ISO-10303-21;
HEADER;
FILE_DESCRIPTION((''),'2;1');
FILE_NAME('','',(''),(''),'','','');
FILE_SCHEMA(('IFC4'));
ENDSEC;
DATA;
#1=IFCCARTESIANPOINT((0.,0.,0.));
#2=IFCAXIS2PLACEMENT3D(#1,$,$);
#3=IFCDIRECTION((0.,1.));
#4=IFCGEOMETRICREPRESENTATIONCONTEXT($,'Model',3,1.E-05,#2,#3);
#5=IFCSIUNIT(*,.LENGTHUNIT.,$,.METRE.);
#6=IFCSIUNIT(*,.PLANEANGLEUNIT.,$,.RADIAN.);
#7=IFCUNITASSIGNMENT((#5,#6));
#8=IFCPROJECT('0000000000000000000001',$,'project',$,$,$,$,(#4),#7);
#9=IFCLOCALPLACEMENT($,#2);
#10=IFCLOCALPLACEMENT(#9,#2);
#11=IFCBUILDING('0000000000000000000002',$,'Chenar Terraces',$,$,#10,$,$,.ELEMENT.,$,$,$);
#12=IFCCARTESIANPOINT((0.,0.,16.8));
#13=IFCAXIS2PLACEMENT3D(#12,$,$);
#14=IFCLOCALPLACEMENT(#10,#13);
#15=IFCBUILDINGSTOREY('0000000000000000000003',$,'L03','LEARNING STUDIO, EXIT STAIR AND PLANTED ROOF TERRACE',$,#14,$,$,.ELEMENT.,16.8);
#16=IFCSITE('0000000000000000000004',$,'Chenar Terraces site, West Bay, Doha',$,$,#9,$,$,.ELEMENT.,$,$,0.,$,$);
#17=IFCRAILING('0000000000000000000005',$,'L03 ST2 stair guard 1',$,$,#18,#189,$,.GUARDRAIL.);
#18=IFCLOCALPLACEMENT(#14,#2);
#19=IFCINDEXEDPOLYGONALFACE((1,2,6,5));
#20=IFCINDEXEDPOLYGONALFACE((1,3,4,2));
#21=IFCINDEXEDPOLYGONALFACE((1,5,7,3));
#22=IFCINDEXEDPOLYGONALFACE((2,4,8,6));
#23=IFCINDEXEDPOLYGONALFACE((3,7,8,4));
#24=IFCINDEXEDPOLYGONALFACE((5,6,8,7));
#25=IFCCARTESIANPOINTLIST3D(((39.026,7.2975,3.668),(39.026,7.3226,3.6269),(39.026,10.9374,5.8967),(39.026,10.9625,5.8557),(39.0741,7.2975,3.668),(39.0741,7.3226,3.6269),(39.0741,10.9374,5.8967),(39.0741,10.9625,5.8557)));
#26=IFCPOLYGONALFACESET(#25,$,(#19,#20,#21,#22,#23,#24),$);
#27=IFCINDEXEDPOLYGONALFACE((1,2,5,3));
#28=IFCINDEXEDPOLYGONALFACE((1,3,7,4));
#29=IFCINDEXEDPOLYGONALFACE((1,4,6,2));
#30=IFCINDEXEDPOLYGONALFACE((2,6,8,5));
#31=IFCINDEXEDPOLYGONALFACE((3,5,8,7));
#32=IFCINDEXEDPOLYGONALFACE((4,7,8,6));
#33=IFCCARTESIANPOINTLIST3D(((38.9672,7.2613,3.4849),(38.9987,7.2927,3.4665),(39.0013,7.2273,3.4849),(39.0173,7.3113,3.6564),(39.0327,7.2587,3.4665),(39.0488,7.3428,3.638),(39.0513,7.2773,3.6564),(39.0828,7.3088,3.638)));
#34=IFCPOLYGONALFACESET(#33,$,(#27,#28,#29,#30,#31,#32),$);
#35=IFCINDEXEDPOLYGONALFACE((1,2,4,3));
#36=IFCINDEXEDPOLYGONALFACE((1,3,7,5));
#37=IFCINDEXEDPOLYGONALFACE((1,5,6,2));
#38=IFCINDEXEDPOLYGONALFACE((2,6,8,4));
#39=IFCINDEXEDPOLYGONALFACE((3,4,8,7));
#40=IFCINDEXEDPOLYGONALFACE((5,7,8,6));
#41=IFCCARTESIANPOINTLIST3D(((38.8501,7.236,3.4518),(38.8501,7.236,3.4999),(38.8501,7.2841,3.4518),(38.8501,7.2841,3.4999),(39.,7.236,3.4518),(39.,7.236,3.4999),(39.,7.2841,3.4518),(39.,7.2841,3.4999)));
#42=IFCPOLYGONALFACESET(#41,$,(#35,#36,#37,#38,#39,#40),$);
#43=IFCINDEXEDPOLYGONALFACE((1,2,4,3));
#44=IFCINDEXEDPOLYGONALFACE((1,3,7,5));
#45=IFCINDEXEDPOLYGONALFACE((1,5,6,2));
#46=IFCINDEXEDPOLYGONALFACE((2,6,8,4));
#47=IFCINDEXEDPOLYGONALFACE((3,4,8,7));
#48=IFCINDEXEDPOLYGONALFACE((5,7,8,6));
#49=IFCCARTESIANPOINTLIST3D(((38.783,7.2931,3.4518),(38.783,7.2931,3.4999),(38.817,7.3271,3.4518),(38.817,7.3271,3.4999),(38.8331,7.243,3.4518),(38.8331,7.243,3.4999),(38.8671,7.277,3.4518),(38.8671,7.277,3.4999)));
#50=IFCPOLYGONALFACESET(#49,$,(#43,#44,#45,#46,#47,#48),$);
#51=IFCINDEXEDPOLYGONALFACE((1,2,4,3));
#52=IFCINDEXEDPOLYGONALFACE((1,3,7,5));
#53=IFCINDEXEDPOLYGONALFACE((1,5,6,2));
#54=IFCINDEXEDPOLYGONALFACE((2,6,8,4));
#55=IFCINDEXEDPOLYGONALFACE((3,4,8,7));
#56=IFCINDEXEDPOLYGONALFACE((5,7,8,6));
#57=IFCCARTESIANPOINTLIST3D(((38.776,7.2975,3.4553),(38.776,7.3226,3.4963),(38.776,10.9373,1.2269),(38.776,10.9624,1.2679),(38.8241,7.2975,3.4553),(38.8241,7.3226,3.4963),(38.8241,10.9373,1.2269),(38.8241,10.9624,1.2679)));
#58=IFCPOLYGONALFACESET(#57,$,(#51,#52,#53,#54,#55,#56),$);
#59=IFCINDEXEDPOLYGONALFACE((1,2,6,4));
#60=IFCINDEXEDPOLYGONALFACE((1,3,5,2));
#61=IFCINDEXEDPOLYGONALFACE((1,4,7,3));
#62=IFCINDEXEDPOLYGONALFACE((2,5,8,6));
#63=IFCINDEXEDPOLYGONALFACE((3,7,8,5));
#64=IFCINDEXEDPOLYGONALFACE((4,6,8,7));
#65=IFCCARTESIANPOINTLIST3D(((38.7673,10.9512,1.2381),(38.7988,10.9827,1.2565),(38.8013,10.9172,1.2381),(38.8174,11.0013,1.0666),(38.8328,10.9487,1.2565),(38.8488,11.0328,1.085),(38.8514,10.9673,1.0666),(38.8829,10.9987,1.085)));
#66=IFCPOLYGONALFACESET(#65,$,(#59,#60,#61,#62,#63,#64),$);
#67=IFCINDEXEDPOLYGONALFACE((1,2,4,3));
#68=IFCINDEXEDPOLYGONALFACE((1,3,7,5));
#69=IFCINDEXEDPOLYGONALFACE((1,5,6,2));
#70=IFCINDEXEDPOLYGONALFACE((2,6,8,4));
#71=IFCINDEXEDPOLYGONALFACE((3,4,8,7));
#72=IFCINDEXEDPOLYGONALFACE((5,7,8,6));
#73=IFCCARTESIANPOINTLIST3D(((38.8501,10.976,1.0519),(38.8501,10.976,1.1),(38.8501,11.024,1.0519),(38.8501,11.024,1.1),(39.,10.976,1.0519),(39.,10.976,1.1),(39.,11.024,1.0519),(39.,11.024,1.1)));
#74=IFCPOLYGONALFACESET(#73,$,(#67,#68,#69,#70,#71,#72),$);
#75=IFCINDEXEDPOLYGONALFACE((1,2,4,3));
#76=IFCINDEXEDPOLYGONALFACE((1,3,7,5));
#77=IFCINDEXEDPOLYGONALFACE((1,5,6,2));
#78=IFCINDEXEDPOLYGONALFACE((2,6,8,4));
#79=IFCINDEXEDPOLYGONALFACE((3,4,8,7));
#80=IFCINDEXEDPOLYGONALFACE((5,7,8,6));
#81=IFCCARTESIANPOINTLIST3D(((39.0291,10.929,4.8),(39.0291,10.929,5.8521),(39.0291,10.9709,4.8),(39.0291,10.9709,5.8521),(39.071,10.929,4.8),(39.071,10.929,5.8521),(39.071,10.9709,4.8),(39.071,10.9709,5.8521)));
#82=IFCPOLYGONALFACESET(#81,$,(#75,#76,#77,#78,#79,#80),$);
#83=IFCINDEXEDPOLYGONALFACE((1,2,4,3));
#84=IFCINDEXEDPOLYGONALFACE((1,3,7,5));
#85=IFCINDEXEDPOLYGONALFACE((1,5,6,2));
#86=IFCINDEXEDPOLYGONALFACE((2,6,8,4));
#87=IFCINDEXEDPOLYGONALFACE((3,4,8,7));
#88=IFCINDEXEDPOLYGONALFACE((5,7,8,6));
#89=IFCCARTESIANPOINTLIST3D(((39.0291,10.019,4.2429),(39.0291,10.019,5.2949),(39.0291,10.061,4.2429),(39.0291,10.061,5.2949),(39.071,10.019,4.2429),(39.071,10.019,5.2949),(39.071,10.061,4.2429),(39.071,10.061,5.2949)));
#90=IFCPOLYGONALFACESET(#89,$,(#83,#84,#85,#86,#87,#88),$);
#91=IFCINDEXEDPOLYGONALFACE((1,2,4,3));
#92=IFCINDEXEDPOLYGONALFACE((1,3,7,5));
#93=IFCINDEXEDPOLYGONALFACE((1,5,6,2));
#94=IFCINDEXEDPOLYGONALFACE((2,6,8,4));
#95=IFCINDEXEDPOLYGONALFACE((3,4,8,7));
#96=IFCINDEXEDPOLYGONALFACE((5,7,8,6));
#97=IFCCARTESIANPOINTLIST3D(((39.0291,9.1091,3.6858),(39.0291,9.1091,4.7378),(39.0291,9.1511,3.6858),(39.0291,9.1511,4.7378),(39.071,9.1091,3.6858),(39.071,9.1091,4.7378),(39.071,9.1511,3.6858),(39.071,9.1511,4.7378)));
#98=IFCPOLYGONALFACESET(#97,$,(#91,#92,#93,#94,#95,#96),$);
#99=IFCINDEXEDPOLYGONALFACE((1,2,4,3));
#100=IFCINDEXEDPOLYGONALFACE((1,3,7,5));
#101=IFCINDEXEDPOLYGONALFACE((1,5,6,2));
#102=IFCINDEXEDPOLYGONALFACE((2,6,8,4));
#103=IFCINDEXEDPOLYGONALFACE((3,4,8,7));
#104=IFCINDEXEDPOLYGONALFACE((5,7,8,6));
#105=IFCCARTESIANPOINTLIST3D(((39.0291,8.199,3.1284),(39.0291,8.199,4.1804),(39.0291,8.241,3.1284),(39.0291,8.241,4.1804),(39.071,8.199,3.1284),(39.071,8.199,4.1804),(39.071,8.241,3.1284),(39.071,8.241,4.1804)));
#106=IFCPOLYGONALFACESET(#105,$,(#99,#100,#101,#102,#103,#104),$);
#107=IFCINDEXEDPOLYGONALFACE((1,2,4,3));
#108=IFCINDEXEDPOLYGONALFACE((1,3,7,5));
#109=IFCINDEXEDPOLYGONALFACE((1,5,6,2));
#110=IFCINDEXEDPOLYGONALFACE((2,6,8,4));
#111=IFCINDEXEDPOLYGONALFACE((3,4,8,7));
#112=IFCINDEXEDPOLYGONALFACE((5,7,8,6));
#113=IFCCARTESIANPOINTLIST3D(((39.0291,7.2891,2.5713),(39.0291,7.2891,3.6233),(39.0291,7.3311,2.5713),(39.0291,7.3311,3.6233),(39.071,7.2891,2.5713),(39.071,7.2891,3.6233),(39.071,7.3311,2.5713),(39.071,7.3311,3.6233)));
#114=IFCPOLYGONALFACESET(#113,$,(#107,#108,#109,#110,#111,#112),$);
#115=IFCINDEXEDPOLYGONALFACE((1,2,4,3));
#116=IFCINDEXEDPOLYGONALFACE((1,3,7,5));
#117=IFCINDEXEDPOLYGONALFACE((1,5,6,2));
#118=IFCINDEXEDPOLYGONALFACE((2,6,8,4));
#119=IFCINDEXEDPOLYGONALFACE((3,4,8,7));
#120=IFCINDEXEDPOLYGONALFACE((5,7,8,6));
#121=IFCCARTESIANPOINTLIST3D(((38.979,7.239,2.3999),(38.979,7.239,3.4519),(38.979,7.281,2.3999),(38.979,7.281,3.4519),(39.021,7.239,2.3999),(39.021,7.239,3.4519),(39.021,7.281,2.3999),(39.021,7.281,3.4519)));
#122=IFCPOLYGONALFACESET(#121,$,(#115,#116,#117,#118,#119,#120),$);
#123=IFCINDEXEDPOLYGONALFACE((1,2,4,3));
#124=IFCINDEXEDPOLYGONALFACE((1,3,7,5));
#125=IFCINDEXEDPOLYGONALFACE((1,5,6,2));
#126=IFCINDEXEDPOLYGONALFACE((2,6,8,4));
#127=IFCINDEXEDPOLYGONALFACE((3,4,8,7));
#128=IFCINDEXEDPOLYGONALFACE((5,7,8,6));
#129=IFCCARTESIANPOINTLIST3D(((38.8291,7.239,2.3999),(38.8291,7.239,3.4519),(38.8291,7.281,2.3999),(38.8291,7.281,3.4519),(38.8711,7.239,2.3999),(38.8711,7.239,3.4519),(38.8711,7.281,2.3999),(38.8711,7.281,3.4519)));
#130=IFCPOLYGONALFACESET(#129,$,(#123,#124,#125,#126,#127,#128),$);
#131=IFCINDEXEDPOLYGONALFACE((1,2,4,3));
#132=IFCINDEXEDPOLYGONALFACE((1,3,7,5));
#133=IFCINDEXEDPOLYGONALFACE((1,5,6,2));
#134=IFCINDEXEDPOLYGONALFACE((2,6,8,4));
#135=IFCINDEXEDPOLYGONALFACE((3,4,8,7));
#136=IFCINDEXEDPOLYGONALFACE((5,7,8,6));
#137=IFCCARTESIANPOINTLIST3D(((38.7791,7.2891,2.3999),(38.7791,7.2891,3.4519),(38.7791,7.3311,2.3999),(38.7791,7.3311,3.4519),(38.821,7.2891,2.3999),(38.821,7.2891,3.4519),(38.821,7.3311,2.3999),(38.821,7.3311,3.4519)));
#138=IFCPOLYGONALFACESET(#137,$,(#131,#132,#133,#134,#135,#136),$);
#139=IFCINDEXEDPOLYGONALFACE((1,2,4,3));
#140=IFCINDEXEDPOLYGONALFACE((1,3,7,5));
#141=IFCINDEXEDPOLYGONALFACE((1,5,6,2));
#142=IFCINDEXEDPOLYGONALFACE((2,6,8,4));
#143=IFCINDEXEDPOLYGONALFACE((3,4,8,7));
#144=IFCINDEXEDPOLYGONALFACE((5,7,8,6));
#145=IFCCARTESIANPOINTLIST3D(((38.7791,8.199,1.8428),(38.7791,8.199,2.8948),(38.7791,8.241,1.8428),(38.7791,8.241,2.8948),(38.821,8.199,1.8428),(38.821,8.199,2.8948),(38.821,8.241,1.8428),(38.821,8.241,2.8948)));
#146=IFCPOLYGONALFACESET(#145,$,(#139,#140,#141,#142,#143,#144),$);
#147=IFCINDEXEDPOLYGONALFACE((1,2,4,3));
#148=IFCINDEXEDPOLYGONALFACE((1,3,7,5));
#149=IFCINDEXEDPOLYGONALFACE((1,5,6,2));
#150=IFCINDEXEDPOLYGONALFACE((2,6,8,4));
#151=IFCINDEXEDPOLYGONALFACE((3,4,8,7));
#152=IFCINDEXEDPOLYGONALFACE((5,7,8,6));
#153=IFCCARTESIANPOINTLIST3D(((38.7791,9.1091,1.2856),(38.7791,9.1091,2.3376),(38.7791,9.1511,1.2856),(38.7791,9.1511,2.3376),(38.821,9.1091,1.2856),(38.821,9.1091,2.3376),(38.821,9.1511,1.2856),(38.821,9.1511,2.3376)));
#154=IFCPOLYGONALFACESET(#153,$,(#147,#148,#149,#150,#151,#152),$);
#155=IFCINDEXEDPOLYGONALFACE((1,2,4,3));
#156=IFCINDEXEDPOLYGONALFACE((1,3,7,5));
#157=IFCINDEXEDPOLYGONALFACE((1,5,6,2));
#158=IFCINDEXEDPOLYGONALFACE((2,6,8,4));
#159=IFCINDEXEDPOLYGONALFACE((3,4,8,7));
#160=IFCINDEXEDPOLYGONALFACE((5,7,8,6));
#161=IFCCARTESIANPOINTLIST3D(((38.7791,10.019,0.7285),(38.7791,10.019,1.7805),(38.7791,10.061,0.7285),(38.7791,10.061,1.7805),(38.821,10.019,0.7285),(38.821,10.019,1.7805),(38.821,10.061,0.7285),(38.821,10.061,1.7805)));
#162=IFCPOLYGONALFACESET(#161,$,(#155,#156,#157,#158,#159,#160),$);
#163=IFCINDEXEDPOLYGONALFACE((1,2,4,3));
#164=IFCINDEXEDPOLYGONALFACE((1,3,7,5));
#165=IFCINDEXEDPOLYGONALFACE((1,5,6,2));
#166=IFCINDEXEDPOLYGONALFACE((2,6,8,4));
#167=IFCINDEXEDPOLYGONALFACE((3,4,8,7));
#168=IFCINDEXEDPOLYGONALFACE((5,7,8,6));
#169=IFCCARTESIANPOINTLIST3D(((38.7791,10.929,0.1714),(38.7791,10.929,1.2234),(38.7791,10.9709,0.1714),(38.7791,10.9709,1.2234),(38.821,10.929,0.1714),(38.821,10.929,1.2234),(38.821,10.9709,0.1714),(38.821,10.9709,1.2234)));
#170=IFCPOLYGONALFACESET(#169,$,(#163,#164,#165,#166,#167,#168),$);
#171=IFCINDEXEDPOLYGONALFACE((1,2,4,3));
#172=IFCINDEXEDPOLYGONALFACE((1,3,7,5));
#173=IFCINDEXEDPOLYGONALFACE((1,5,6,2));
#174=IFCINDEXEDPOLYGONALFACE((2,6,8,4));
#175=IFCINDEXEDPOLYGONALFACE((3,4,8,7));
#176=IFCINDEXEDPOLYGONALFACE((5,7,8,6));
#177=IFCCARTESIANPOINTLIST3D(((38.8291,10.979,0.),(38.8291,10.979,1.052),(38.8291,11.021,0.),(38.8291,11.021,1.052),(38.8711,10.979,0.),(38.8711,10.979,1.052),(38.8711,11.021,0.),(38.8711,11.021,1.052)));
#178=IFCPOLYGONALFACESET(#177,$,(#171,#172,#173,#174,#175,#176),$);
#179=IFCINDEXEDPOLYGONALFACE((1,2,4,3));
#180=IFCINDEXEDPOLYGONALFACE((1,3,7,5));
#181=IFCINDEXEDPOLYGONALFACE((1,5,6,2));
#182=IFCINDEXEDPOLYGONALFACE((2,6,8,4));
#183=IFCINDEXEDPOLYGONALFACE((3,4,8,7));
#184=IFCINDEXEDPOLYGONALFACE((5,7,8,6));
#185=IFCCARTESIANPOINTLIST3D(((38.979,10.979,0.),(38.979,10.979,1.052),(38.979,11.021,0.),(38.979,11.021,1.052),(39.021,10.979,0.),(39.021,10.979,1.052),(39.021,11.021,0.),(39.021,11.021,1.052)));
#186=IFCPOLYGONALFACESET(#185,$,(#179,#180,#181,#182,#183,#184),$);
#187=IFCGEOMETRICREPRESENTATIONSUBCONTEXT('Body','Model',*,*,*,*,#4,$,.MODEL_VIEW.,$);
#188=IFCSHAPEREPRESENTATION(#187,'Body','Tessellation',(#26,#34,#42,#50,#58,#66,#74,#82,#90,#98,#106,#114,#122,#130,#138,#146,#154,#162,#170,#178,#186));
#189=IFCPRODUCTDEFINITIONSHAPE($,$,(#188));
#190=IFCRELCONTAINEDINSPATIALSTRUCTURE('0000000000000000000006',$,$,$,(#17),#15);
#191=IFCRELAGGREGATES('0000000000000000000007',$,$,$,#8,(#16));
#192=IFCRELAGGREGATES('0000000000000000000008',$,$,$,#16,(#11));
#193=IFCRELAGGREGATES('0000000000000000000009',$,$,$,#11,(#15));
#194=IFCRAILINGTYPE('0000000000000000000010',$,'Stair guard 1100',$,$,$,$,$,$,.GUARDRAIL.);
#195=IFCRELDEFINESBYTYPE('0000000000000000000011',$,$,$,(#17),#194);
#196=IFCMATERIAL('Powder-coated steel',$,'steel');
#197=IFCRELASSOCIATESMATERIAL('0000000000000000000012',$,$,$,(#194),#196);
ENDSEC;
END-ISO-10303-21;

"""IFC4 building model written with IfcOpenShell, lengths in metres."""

from ifc_helpers import new_model, si_unit, direction, frame, origin, origin_2d, place, context, subcontext, project, spatial, rectangle, extrude, material, type_object, element, save


model = new_model("IFC4")

# Units and contexts
model_context = context("Model", 3, precision=1e-05, world=origin(), true_north=direction((0.0, 1.0)))
body_context = subcontext(model_context, "Body", "Model", "MODEL_VIEW")
ifc_project = project(units=[si_unit("LENGTHUNIT", "METRE"), si_unit("PLANEANGLEUNIT", "RADIAN")], contexts=[model_context])

# Site, building, storey
site_placement = place(None, origin())
site = spatial("IfcSite", under=ifc_project, at=site_placement, Name="Chenar Terraces site, West Bay, Doha", CompositionType="ELEMENT", RefElevation=0.0)
building_placement = place(site_placement, origin())
building = spatial("IfcBuilding", under=site, at=building_placement, Name="Chenar Terraces", CompositionType="ELEMENT")
storey_placement = place(building_placement, frame((0.0, 0.0, 16.8)))
storey = spatial("IfcBuildingStorey", under=building, at=storey_placement, Name="L03", Description="LEARNING STUDIO, EXIT STAIR AND PLANTED ROOF TERRACE", CompositionType="ELEMENT", Elevation=16.8)

# Railing
ifc_material_1 = material(Name="Powder-coated steel", Category="steel")
railing_type_1 = type_object("IfcRailingType", Name="Stair guard 1100", PredefinedType="GUARDRAIL", material=ifc_material_1)
railing_1_placement = place(storey_placement, frame((39.05, 10.95, 4.8)))
element("IfcRailing", 1, at=railing_1_placement, inside=storey, type_object=railing_type_1, Name="L03 ST2 stair guard 1", PredefinedType="GUARDRAIL", context=body_context, shape_type="SweptSolid", body=[
    extrude(rectangle(XDim=0.0481, YDim=0.0481, at=origin_2d()), frame((0.0, 0.0, 1.0762), z_axis=(0.0, -0.852825, -0.522197), x_axis=(1.0, 0.0, 0.0)), (0.0, 0.0, 1.0), 4.2681),
    extrude(rectangle(XDim=0.0481, YDim=0.0481, at=origin_2d()), frame((0.0, -3.6399, -1.1528), z_axis=(-0.269911, -0.269911, -0.924281), x_axis=(0.707107, -0.707107, 0.0)), (0.0, 0.0, 1.0), 0.1855),
    extrude(rectangle(XDim=0.0481, YDim=0.0481, at=origin_2d()), frame((-0.05, -3.6899, -1.3242), z_axis=(-1.0, 0.0, 0.0), x_axis=(0.0, -1.0, 0.0)), (0.0, 0.0, 1.0), 0.1499),
    extrude(rectangle(XDim=0.0481, YDim=0.0481, at=origin_2d()), frame((-0.2, -3.6899, -1.3242), z_axis=(-0.707107, 0.707107, 0.0), x_axis=(-0.707107, -0.707107, 0.0)), (0.0, 0.0, 1.0), 0.0708),
    extrude(rectangle(XDim=0.0481, YDim=0.0481, at=origin_2d()), frame((-0.25, -3.6399, -1.3242), z_axis=(0.0, 0.85285, -0.522156), x_axis=(-1.0, 0.0, 0.0)), (0.0, 0.0, 1.0), 4.2678),
    extrude(rectangle(XDim=0.0481, YDim=0.0481, at=origin_2d()), frame((-0.25, 0.0, -3.5527), z_axis=(0.269911, 0.269911, -0.924281), x_axis=(-0.707107, 0.707107, 0.0)), (0.0, 0.0, 1.0), 0.1855),
    extrude(rectangle(XDim=0.0481, YDim=0.0481, at=origin_2d()), frame((-0.2, 0.05, -3.7241), z_axis=(1.0, 0.0, 0.0), x_axis=(0.0, 1.0, 0.0)), (0.0, 0.0, 1.0), 0.1499),
    extrude(rectangle(XDim=0.042, YDim=0.042, at=origin_2d()), origin(), (0.0, 0.0, 1.0), 1.052),
    extrude(rectangle(XDim=0.042, YDim=0.042, at=origin_2d()), frame((0.0, -0.9099, -0.5571)), (0.0, 0.0, 1.0), 1.052),
    extrude(rectangle(XDim=0.042, YDim=0.042, at=origin_2d()), frame((0.0, -1.8198, -1.1143)), (0.0, 0.0, 1.0), 1.052),
    extrude(rectangle(XDim=0.042, YDim=0.042, at=origin_2d()), frame((0.0, -2.73, -1.6716)), (0.0, 0.0, 1.0), 1.052),
    extrude(rectangle(XDim=0.042, YDim=0.042, at=origin_2d()), frame((0.0, -3.6399, -2.2288)), (0.0, 0.0, 1.0), 1.052),
    extrude(rectangle(XDim=0.042, YDim=0.042, at=origin_2d()), frame((-0.05, -3.6899, -2.4001)), (0.0, 0.0, 1.0), 1.052),
    extrude(rectangle(XDim=0.042, YDim=0.042, at=origin_2d()), frame((-0.2, -3.6899, -2.4001)), (0.0, 0.0, 1.0), 1.052),
    extrude(rectangle(XDim=0.042, YDim=0.042, at=origin_2d()), frame((-0.25, -3.6399, -2.4001)), (0.0, 0.0, 1.0), 1.052),
    extrude(rectangle(XDim=0.042, YDim=0.042, at=origin_2d()), frame((-0.25, -2.73, -2.9573)), (0.0, 0.0, 1.0), 1.052),
    extrude(rectangle(XDim=0.042, YDim=0.042, at=origin_2d()), frame((-0.25, -1.8198, -3.5144)), (0.0, 0.0, 1.0), 1.052),
    extrude(rectangle(XDim=0.042, YDim=0.042, at=origin_2d()), frame((-0.25, -0.9099, -4.0715)), (0.0, 0.0, 1.0), 1.052),
    extrude(rectangle(XDim=0.042, YDim=0.042, at=origin_2d()), frame((-0.25, 0.0, -4.6287)), (0.0, 0.0, 1.0), 1.052),
    extrude(rectangle(XDim=0.042, YDim=0.042, at=origin_2d()), frame((-0.2, 0.05, -4.8)), (0.0, 0.0, 1.0), 1.052),
    extrude(rectangle(XDim=0.042, YDim=0.042, at=origin_2d()), frame((-0.05, 0.05, -4.8)), (0.0, 0.0, 1.0), 1.052),
])

save(model, "model.ifc")
